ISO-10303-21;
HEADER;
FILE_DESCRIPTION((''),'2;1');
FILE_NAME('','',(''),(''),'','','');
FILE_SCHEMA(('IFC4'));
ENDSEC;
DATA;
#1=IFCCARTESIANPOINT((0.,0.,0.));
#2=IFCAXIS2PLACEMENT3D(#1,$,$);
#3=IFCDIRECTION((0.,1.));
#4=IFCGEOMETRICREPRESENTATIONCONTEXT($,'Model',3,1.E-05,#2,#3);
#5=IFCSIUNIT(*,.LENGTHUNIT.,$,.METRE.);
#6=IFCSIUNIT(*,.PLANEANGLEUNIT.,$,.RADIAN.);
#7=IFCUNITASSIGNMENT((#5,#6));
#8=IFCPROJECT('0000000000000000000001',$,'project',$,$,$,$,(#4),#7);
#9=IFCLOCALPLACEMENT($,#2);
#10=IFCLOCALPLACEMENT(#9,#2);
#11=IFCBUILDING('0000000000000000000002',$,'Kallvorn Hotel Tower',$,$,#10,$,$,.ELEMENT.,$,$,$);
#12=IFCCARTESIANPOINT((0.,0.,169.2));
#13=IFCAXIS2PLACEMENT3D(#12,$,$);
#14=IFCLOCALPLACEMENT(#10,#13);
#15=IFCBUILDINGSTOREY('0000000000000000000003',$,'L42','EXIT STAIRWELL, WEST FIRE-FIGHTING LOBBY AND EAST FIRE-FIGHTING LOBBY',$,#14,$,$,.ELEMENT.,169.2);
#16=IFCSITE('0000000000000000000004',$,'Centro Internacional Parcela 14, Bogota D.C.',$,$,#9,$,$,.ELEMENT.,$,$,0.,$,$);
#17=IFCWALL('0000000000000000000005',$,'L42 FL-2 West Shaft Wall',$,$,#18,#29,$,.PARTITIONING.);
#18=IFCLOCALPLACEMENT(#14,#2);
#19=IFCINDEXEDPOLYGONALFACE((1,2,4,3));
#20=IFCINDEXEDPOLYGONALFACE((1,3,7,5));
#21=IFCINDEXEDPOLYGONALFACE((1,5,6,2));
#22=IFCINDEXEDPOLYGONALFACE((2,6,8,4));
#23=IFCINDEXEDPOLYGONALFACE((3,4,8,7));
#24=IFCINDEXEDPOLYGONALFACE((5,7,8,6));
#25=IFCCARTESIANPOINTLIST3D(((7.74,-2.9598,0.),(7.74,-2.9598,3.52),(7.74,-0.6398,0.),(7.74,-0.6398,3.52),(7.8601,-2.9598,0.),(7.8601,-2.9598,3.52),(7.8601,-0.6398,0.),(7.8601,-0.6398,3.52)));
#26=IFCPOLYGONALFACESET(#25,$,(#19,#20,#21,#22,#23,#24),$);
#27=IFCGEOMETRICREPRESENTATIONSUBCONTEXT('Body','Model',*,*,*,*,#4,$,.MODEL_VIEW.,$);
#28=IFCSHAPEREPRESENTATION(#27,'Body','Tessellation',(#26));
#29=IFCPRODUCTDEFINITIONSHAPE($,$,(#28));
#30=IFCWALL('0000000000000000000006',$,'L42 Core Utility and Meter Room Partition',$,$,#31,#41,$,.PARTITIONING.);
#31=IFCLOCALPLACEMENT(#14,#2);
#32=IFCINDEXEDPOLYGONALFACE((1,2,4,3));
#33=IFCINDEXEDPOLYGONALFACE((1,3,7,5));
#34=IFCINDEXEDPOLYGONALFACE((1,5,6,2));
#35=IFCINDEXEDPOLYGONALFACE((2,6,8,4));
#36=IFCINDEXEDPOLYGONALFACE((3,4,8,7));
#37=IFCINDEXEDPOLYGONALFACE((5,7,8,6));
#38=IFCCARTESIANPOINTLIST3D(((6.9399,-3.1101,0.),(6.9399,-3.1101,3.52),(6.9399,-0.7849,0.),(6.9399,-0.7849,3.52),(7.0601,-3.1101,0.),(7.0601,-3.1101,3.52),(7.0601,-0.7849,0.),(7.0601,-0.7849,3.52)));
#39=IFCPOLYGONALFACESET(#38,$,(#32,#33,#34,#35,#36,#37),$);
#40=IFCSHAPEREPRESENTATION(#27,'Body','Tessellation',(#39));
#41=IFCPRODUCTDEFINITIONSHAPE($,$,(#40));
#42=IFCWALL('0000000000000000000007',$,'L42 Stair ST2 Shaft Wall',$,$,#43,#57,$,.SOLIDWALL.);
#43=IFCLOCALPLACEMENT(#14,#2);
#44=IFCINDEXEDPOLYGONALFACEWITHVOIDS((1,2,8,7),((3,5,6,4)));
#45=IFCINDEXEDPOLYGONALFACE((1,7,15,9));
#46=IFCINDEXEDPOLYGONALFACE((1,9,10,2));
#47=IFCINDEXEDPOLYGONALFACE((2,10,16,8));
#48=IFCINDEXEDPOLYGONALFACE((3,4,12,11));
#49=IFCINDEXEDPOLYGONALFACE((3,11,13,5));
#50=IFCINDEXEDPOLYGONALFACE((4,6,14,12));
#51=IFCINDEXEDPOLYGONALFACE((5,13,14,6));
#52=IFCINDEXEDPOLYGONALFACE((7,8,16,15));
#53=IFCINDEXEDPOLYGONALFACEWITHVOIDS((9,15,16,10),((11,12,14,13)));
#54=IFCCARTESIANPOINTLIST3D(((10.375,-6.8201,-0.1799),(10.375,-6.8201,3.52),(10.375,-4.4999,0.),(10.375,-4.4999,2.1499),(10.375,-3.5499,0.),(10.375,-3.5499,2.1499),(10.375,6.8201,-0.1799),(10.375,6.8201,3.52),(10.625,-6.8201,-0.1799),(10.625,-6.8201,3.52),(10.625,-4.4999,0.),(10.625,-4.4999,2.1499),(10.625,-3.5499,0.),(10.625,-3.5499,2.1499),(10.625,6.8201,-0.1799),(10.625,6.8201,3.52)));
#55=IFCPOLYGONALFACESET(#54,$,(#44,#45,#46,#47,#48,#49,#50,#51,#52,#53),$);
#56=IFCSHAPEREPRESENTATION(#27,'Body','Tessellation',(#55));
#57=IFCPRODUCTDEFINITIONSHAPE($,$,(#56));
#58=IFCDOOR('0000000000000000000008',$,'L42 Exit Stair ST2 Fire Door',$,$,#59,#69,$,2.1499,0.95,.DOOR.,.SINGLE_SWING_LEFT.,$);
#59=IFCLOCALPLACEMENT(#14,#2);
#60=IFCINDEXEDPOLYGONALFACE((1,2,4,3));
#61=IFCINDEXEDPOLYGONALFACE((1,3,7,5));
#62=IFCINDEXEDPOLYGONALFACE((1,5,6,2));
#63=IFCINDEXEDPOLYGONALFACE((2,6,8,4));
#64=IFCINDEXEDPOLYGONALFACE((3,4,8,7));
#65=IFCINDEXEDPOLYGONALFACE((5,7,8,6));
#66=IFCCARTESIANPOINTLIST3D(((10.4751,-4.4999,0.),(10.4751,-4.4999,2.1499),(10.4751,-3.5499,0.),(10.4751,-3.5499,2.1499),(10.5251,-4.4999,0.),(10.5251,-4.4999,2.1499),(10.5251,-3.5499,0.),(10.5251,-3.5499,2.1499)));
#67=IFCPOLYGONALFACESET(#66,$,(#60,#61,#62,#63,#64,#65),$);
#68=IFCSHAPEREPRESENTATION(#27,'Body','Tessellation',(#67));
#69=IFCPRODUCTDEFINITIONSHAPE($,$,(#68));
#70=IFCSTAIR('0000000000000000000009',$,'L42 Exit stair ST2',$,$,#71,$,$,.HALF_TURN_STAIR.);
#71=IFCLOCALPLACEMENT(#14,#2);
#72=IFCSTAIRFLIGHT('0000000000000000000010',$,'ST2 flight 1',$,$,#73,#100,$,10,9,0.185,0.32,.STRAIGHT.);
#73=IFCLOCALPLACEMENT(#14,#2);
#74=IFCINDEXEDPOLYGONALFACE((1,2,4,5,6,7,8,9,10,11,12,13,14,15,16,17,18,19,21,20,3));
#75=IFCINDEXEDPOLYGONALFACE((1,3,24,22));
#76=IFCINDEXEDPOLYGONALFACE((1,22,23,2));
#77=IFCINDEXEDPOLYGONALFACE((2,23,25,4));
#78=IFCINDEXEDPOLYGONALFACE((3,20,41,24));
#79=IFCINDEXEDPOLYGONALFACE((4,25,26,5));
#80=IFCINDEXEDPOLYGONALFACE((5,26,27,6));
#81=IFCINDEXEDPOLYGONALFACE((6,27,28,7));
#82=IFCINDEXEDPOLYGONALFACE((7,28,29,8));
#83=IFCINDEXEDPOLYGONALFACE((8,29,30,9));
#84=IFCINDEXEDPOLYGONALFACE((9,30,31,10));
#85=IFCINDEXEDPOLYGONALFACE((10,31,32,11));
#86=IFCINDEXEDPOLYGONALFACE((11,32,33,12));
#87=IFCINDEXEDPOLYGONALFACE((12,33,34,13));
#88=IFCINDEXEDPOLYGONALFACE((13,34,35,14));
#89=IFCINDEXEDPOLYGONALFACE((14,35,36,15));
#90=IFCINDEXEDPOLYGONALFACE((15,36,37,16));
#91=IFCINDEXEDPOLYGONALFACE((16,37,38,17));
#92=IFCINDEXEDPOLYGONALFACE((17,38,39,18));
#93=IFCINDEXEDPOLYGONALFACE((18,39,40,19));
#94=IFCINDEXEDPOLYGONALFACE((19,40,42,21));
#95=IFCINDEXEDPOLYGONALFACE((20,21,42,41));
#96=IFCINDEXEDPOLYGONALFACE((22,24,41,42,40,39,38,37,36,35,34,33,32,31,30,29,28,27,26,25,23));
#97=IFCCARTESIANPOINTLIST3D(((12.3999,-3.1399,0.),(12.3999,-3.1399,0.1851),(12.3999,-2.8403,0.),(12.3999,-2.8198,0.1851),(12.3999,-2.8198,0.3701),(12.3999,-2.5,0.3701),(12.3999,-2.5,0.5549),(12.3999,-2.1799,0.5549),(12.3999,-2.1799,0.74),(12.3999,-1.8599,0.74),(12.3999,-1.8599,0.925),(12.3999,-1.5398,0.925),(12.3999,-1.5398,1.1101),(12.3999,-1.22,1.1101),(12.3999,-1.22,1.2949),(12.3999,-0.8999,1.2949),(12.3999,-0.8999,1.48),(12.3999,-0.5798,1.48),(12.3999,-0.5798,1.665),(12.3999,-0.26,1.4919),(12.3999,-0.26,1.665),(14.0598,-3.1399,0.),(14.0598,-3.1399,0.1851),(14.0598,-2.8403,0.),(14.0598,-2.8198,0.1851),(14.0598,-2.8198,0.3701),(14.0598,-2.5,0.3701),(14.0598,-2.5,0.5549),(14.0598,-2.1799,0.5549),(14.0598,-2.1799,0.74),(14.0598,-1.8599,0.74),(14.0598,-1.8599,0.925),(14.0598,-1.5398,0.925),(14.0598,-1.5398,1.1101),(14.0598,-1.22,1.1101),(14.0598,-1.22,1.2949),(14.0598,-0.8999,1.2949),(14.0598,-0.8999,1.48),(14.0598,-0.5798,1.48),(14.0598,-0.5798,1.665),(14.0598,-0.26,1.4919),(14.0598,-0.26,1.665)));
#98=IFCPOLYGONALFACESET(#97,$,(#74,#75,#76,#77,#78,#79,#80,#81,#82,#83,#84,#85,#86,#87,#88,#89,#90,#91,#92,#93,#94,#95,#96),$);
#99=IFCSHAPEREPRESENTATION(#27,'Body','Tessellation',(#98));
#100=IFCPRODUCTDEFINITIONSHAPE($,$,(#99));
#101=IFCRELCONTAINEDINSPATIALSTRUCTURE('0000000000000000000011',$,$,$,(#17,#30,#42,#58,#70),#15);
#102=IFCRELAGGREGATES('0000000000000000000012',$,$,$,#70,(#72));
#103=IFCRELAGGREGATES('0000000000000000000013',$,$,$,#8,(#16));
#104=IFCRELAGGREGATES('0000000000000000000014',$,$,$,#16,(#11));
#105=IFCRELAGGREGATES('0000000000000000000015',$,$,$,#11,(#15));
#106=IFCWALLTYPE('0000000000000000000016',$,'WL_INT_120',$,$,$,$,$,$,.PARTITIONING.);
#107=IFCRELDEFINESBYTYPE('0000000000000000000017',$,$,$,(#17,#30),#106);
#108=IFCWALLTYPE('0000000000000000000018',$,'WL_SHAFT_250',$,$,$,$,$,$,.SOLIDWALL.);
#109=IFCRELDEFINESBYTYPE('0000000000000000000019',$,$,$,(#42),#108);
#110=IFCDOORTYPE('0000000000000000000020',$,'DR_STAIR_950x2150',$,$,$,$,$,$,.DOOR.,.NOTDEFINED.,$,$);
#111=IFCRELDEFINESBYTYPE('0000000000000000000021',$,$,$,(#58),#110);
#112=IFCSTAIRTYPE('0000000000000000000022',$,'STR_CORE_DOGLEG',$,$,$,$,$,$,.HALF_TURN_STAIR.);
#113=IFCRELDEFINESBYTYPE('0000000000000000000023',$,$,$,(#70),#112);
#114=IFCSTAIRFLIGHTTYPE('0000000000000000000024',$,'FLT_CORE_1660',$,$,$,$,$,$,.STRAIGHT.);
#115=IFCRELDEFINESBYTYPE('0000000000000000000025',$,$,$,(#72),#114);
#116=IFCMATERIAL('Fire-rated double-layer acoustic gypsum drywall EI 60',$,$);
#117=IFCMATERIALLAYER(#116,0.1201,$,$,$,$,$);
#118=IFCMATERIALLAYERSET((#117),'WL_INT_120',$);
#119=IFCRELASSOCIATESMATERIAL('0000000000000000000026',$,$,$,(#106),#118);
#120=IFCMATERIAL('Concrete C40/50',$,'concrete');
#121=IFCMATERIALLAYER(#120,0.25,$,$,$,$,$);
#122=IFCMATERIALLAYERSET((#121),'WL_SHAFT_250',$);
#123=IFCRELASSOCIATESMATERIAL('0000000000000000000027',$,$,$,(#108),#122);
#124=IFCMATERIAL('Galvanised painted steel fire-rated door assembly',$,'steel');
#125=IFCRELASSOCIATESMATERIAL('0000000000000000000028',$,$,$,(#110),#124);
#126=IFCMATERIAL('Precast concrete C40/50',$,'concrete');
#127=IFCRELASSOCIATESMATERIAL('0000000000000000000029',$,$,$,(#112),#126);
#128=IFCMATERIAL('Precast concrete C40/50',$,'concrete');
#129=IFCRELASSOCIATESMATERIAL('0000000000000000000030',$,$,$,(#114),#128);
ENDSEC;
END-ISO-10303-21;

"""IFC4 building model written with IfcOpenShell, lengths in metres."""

from ifc_helpers import new_model, si_unit, direction, frame, frame_2d, origin, place, context, subcontext, project, spatial, polyline, rectangle, outline, extrude, material, layer, layer_set, type_object, element, fill, aggregate, save


model = new_model("IFC4")

# Units and contexts
model_context = context("Model", 3, precision=1e-05, world=origin(), true_north=direction((0.0, 1.0)))
body_context = subcontext(model_context, "Body", "Model", "MODEL_VIEW")
ifc_project = project(units=[si_unit("LENGTHUNIT", "METRE"), si_unit("PLANEANGLEUNIT", "RADIAN")], contexts=[model_context])

# Site, building, storey
site_placement = place(None, origin())
site = spatial("IfcSite", under=ifc_project, at=site_placement, Name="Centro Internacional Parcela 14, Bogota D.C.", CompositionType="ELEMENT", RefElevation=0.0)
building_placement = place(site_placement, origin())
building = spatial("IfcBuilding", under=site, at=building_placement, Name="Kallvorn Hotel Tower", CompositionType="ELEMENT")
storey_placement = place(building_placement, frame((0.0, 0.0, 169.2)))
storey = spatial("IfcBuildingStorey", under=building, at=storey_placement, Name="L42", Description="EXIT STAIRWELL, WEST FIRE-FIGHTING LOBBY AND EAST FIRE-FIGHTING LOBBY", CompositionType="ELEMENT", Elevation=169.2)

# Walls
ifc_material_1 = material(Name="Fire-rated double-layer acoustic gypsum drywall EI 60")
ifc_layer_1 = layer(ifc_material_1, 0.1201)
ifc_layer_set_1 = layer_set([ifc_layer_1], Name="WL_INT_120")
wall_type_1 = type_object("IfcWallType", Name="WL_INT_120", PredefinedType="PARTITIONING", material=ifc_layer_set_1)
wall_1_placement = place(storey_placement, frame((7.8, -2.96, 0.0), z_axis=(0.0, 0.0, 1.0), x_axis=(0.0, 1.0, 0.0)))
element("IfcWall", 1, at=wall_1_placement, inside=storey, type_object=wall_type_1, Name="L42 FL-2 West Shaft Wall", PredefinedType="PARTITIONING", context=body_context, shape_type="SweptSolid", body=[
    extrude(rectangle(XDim=2.3201, YDim=0.1201, at=frame_2d((1.1602, 0.0))), origin(), (0.0, 0.0, 1.0), 3.52),
])
wall_2_placement = place(storey_placement, frame((7.0, -3.1101, 0.0), z_axis=(0.0, 0.0, 1.0), x_axis=(0.0, 1.0, 0.0)))
element("IfcWall", 2, at=wall_2_placement, inside=storey, type_object=wall_type_1, Name="L42 Core Utility and Meter Room Partition", PredefinedType="PARTITIONING", context=body_context, shape_type="SweptSolid", body=[
    extrude(rectangle(XDim=2.3252, YDim=0.1201, at=frame_2d((1.1626, 0.0))), origin(), (0.0, 0.0, 1.0), 3.52),
])

# Wall, opening, door
ifc_material_2 = material(Name="Concrete C40/50", Category="concrete")
ifc_layer_2 = layer(ifc_material_2, 0.25)
ifc_layer_set_2 = layer_set([ifc_layer_2], Name="WL_SHAFT_250")
wall_type_2 = type_object("IfcWallType", Name="WL_SHAFT_250", PredefinedType="SOLIDWALL", material=ifc_layer_set_2)
wall_3_placement = place(storey_placement, frame((10.5, -6.8201, -0.1799), z_axis=(0.0, 0.0, 1.0), x_axis=(0.0, 1.0, 0.0)))
wall_3 = element("IfcWall", 3, at=wall_3_placement, inside=storey, type_object=wall_type_2, Name="L42 Stair ST2 Shaft Wall", PredefinedType="SOLIDWALL", context=body_context, shape_type="SweptSolid", body=[
    extrude(rectangle(XDim=13.6401, YDim=0.25, at=frame_2d((6.8201, 0.0))), origin(), (0.0, 0.0, 1.0), 3.7),
])
opening_1_placement = place(wall_3_placement, frame((2.3201, 0.0, 0.1799)))
opening_1 = element("IfcOpeningElement", 4, at=opening_1_placement, cuts=wall_3, PredefinedType="OPENING", context=body_context, shape_type="SweptSolid", body=[
    extrude(rectangle(XDim=0.95, YDim=2.1499, at=frame_2d((0.4751, 1.075))), frame((0.0, 0.1399, 0.0), z_axis=(0.0, -1.0, 0.0), x_axis=(1.0, 0.0, 0.0)), (0.0, 0.0, 1.0), 0.28),
])
ifc_material_3 = material(Name="Galvanised painted steel fire-rated door assembly", Category="steel")
door_type_1 = type_object("IfcDoorType", Name="DR_STAIR_950x2150", OperationType="NOTDEFINED", PredefinedType="DOOR", material=ifc_material_3)
door_1_placement = place(opening_1_placement, origin())
door_1 = element("IfcDoor", 5, at=door_1_placement, inside=storey, type_object=door_type_1, Name="L42 Exit Stair ST2 Fire Door", OperationType="SINGLE_SWING_LEFT", OverallHeight=2.1499, OverallWidth=0.95, PredefinedType="DOOR", context=body_context, shape_type="SweptSolid", body=[
    extrude(rectangle(XDim=0.95, YDim=2.1499, at=frame_2d((0.4751, 1.075))), frame((0.0, 0.0249, 0.0), z_axis=(0.0, -1.0, 0.0), x_axis=(1.0, 0.0, 0.0)), (0.0, 0.0, 1.0), 0.05),
])
fill(opening_1, door_1)

# Stair, stair flight
ifc_material_4 = material(Name="Precast concrete C40/50", Category="concrete")
stair_type = type_object("IfcStairType", Name="STR_CORE_DOGLEG", PredefinedType="HALF_TURN_STAIR", material=ifc_material_4)
stair_placement = place(storey_placement, origin())
stair = element("IfcStair", 6, at=stair_placement, inside=storey, type_object=stair_type, Name="L42 Exit stair ST2", PredefinedType="HALF_TURN_STAIR")
ifc_material_5 = material(Name="Precast concrete C40/50", Category="concrete")
stair_flight_type = type_object("IfcStairFlightType", Name="FLT_CORE_1660", PredefinedType="STRAIGHT", material=ifc_material_5)
stair_flight_placement = place(storey_placement, frame((13.23, -3.1399, 0.0), z_axis=(0.0, 0.0, 1.0), x_axis=(0.0, 1.0, 0.0)))
stair_flight = element("IfcStairFlight", 7, at=stair_flight_placement, type_object=stair_flight_type, Name="ST2 flight 1", NumberOfRisers=10, NumberOfTreads=9, PredefinedType="STRAIGHT", RiserHeight=0.185, TreadLength=0.32, context=body_context, shape_type="SweptSolid", body=[
    extrude(outline(polyline([(0.0, 0.0), (0.0, 0.1851), (0.3201, 0.1851), (0.3201, 0.3701), (0.6399, 0.3701), (0.6399, 0.5549), (0.96, 0.5549), (0.96, 0.74), (1.28, 0.74), (1.28, 0.925), (1.6001, 0.925), (1.6001, 1.1101), (1.9199, 1.1101), (1.9199, 1.2949), (2.24, 1.2949), (2.24, 1.48), (2.5601, 1.48), (2.5601, 1.665), (2.8799, 1.665), (2.8799, 1.8501), (2.8799, 1.4919), (0.2996, 0.0), (0.0, 0.0)])), frame((0.0, 0.8301, 0.0), z_axis=(0.0, -1.0, 0.0), x_axis=(1.0, 0.0, 0.0)), (0.0, 0.0, 1.0), 1.6599),
])
aggregate(stair, [stair_flight])

save(model, "model.ifc")
